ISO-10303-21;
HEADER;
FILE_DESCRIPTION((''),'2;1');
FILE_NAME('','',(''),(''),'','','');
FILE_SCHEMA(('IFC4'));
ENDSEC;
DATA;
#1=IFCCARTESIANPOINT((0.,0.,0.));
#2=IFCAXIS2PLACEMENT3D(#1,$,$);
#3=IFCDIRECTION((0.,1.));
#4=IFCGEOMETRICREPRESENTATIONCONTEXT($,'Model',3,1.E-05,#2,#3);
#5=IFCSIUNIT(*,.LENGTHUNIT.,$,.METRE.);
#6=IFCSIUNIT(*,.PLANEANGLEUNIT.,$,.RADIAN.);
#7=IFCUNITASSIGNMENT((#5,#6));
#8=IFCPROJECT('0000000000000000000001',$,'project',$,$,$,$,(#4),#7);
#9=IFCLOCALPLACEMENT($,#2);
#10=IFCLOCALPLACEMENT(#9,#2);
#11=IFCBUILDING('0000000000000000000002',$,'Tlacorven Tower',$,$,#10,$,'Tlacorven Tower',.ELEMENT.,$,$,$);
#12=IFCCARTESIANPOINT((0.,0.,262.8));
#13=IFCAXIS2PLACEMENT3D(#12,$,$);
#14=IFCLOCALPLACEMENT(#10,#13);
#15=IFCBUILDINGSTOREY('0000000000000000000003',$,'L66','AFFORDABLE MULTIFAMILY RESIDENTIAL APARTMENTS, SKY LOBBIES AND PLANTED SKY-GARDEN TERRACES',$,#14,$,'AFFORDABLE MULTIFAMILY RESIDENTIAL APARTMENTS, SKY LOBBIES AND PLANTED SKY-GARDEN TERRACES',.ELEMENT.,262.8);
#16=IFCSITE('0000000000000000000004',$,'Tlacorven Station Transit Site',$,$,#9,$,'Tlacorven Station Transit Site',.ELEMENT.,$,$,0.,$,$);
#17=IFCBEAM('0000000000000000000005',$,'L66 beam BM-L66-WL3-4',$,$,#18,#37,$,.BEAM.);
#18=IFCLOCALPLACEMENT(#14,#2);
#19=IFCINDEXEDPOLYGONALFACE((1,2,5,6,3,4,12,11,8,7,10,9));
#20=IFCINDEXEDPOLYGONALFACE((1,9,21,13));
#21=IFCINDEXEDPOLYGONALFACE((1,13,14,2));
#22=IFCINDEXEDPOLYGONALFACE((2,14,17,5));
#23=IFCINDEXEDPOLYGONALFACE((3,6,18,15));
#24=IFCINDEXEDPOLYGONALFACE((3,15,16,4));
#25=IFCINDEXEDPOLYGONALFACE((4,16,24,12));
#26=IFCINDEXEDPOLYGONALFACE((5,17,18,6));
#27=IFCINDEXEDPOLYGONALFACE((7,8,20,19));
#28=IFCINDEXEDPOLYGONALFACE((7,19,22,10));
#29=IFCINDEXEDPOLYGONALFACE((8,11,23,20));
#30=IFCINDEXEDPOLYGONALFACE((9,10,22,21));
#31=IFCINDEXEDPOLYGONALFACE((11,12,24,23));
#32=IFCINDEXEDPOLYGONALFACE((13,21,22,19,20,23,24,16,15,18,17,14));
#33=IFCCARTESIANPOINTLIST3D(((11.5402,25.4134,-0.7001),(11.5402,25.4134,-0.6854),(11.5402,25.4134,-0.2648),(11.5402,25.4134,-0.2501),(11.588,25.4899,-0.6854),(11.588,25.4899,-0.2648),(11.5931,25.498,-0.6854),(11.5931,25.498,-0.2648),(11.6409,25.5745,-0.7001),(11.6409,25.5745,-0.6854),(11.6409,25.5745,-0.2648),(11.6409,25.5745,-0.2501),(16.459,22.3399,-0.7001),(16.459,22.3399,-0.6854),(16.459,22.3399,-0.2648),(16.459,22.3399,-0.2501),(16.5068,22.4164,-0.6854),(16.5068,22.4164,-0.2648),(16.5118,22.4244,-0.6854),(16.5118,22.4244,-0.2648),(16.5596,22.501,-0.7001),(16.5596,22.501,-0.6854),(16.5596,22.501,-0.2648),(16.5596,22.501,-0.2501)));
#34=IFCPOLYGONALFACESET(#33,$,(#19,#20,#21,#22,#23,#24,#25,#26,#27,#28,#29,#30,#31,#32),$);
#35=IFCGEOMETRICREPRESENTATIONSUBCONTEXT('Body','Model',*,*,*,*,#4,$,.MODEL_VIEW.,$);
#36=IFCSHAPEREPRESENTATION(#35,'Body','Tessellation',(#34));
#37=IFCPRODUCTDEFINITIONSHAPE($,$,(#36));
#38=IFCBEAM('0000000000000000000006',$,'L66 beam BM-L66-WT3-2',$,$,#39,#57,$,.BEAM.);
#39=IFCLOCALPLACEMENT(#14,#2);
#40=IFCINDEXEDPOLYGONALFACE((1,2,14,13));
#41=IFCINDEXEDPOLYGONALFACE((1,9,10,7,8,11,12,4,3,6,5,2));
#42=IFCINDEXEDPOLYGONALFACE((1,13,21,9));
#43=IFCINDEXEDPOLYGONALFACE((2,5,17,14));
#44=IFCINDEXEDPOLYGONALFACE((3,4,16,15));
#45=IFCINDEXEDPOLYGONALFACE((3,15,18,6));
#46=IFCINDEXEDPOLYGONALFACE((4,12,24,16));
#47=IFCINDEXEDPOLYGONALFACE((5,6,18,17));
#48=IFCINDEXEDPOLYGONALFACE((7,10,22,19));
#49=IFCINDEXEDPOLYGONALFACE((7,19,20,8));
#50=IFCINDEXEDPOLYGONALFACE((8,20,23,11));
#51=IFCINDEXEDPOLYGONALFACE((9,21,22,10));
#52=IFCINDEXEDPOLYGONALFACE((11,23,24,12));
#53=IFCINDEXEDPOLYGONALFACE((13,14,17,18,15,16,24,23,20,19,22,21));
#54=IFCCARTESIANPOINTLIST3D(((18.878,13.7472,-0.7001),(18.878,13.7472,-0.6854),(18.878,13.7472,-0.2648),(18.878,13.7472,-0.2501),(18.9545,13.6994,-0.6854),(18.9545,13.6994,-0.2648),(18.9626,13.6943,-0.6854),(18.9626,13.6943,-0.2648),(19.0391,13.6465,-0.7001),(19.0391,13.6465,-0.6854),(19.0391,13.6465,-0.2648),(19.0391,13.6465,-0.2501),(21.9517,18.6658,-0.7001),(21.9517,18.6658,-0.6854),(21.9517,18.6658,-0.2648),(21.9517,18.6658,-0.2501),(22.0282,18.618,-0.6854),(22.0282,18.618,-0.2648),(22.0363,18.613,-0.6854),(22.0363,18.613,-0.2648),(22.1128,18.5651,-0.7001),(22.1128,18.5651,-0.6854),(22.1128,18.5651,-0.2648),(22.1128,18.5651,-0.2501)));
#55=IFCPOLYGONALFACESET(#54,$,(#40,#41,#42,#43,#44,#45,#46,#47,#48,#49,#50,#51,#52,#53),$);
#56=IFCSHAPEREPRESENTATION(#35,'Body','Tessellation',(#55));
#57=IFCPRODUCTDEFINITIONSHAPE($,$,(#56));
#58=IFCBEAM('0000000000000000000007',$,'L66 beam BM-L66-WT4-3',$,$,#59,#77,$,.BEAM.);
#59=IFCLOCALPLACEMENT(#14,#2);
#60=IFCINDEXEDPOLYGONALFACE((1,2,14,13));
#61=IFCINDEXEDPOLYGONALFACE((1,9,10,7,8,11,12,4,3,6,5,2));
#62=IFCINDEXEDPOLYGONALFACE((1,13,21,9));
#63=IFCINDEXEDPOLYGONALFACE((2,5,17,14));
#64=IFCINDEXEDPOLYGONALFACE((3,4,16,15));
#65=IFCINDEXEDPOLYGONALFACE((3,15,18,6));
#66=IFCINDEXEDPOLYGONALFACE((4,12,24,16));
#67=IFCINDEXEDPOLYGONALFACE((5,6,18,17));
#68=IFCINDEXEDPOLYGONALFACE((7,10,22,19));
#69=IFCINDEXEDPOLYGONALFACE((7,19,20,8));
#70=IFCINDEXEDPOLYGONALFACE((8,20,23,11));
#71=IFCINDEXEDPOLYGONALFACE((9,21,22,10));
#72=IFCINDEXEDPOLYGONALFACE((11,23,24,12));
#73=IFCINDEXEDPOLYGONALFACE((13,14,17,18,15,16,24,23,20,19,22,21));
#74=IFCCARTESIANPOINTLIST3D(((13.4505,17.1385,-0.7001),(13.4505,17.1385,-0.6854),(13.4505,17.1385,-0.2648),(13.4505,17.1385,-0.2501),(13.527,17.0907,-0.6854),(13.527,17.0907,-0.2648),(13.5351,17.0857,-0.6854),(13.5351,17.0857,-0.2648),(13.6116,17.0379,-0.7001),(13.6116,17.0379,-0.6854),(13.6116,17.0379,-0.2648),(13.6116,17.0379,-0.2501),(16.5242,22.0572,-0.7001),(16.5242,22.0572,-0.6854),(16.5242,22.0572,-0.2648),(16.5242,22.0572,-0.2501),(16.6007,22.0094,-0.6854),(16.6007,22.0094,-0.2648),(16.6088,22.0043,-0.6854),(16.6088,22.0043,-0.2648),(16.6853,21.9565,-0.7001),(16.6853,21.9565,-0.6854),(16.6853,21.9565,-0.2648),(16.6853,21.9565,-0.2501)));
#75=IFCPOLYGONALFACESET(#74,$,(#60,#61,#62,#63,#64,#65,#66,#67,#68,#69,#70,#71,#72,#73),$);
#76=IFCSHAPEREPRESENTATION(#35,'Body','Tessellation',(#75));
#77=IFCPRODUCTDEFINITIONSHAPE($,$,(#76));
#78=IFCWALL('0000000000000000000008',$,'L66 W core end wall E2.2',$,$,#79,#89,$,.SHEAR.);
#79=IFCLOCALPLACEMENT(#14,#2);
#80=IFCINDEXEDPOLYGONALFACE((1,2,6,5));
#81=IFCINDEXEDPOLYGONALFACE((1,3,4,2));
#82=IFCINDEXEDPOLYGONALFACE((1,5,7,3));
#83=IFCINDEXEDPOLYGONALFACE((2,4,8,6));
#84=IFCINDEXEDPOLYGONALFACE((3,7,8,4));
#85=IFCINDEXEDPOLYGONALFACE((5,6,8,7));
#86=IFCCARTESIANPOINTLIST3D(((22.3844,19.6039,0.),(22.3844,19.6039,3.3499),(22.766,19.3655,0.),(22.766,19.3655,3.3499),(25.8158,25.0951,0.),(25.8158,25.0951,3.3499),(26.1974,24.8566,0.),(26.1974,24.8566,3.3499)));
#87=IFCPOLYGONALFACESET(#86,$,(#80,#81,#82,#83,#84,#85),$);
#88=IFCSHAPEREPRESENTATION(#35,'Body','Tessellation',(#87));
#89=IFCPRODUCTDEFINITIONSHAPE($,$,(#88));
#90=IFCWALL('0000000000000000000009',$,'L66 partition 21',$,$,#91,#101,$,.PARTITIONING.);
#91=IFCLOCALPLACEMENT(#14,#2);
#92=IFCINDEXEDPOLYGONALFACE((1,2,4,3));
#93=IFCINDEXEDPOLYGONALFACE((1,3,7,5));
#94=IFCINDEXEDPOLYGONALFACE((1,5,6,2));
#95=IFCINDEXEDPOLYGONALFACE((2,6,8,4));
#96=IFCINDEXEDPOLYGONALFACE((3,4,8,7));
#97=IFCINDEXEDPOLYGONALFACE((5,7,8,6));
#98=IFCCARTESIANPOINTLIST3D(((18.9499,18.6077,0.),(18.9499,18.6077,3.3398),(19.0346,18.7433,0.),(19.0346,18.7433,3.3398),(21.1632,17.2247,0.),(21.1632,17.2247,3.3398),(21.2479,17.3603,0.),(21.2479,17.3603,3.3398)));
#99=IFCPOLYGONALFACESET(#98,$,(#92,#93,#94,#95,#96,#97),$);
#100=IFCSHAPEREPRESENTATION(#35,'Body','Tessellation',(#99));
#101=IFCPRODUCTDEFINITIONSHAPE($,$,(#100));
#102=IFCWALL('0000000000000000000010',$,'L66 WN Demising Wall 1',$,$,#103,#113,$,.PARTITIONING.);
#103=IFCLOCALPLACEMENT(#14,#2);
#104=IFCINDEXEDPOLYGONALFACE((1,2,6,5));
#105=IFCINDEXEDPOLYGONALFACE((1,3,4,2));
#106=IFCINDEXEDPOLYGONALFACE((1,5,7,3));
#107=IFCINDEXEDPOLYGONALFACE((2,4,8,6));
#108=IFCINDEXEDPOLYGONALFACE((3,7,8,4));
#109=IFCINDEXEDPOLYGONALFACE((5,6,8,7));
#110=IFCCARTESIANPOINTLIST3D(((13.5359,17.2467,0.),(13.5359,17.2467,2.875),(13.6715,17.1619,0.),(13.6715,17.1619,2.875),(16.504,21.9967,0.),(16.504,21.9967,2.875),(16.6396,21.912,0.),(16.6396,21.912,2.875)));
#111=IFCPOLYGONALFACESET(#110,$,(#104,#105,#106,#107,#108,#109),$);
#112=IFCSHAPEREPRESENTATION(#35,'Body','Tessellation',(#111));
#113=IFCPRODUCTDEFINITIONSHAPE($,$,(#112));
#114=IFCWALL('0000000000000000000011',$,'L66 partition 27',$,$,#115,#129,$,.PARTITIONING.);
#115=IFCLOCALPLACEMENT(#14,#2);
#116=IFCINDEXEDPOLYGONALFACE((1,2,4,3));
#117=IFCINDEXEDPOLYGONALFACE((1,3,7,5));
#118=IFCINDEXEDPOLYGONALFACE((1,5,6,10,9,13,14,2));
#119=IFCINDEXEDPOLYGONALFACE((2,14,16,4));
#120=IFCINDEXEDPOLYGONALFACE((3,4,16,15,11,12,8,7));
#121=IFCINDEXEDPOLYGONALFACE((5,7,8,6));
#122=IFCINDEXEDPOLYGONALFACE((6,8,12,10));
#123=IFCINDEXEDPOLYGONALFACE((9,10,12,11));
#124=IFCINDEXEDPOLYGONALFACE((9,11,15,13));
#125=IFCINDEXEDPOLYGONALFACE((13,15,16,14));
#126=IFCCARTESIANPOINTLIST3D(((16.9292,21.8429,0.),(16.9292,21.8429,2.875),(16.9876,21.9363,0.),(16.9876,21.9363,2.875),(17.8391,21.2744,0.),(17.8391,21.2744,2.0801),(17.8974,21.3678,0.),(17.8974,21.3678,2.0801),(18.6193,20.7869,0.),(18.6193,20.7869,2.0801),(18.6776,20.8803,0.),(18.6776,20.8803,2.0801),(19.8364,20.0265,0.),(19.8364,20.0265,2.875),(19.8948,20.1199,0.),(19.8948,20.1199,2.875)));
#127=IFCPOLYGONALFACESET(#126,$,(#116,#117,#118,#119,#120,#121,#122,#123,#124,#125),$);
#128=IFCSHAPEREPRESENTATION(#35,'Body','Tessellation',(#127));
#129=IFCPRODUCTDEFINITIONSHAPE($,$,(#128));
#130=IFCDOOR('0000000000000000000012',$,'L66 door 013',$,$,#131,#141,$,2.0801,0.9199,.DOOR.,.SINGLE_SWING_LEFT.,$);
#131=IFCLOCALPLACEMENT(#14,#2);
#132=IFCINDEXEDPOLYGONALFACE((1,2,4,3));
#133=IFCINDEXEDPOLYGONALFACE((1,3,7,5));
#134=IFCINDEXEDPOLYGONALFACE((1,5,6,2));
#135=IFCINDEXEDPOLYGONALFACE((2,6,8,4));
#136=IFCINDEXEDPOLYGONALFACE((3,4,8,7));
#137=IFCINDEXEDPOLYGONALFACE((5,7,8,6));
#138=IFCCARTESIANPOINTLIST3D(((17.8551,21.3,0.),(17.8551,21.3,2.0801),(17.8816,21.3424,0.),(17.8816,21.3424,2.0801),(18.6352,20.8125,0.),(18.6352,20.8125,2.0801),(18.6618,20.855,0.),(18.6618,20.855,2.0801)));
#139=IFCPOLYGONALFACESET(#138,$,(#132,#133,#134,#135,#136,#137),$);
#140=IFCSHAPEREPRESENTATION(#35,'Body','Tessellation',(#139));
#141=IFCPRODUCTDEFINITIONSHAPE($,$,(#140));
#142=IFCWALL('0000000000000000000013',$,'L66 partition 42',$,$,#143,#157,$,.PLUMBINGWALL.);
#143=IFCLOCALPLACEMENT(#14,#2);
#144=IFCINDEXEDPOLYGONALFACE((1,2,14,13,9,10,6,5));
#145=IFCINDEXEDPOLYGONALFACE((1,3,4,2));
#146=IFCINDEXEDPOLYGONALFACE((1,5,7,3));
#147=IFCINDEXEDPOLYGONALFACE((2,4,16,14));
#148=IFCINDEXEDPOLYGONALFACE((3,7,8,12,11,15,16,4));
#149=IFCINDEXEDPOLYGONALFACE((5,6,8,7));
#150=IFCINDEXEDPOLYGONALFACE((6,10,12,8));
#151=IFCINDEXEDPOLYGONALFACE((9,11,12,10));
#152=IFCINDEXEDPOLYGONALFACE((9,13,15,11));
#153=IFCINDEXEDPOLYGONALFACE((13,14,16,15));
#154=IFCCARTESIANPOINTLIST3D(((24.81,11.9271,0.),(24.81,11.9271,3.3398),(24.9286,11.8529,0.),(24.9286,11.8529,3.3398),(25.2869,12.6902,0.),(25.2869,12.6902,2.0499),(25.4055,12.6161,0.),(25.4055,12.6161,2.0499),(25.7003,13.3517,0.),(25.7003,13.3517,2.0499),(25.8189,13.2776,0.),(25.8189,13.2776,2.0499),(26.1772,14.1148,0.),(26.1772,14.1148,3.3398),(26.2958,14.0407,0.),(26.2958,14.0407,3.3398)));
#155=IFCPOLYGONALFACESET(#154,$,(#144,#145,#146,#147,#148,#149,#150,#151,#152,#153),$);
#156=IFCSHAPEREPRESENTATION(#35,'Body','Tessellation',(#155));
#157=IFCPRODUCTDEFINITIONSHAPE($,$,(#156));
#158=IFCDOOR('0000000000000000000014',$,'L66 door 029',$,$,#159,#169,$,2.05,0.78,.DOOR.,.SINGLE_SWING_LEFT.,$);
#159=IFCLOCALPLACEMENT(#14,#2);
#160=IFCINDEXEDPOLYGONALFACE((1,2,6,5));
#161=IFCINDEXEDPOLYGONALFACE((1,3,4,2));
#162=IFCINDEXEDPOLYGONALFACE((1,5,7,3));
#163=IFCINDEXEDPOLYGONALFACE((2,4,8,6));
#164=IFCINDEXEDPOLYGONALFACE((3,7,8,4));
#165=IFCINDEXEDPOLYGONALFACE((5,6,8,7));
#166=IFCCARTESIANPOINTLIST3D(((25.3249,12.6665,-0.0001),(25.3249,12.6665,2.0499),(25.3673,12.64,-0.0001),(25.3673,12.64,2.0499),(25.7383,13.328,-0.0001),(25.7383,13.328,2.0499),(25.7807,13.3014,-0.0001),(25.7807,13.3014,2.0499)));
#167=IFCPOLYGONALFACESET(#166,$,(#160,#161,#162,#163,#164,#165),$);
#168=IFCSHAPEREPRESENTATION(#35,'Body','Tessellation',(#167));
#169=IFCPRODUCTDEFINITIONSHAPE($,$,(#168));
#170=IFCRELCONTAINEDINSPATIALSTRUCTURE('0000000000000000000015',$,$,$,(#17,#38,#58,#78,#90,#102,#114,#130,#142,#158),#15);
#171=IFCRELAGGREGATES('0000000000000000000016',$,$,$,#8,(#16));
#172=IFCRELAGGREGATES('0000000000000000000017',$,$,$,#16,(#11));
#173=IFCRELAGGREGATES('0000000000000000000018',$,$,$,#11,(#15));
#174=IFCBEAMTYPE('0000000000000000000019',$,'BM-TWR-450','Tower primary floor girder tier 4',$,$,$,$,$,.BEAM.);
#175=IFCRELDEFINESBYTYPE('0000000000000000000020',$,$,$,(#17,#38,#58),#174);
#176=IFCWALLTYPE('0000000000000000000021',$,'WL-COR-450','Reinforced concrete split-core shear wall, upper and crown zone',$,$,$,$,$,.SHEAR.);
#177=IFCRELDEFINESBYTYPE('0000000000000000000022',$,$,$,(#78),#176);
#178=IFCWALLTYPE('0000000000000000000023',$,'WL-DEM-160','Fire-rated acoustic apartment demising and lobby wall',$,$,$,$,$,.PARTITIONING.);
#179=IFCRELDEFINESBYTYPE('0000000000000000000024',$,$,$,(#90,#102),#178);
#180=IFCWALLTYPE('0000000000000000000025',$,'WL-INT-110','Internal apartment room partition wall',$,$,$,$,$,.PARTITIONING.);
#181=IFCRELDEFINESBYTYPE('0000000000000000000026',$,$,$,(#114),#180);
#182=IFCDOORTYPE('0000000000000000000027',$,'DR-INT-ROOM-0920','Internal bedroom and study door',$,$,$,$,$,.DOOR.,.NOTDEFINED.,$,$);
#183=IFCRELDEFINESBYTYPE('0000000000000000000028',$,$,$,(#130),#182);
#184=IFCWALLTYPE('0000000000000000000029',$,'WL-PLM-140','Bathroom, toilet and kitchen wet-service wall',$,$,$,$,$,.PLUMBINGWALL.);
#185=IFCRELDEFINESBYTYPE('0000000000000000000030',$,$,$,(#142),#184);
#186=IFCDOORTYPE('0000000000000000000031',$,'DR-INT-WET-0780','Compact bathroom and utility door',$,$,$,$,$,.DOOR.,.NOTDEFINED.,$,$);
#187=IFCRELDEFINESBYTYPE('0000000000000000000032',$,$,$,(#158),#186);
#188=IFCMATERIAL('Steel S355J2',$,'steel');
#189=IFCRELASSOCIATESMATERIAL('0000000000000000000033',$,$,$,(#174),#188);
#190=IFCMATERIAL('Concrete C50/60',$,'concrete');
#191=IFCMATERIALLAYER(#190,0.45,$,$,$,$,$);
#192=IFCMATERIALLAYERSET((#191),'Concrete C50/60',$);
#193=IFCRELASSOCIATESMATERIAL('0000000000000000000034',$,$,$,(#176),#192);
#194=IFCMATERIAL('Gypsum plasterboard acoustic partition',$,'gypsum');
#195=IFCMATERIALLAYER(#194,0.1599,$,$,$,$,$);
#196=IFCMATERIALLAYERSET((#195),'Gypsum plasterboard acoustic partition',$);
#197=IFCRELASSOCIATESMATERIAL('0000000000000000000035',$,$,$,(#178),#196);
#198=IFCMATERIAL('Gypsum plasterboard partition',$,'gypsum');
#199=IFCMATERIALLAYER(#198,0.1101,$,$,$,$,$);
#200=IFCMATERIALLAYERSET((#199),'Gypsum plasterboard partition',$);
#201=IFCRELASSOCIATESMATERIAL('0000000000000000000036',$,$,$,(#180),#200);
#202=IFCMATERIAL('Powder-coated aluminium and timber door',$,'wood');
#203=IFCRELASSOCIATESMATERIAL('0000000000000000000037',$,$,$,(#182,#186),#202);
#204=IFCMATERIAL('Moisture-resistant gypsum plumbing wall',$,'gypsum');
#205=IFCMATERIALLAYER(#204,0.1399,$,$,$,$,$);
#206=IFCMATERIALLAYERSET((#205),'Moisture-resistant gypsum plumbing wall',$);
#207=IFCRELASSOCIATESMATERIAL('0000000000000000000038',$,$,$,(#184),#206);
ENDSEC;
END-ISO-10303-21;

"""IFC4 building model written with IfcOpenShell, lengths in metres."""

from ifc_helpers import new_model, si_unit, direction, frame, frame_2d, origin, origin_2d, place, context, subcontext, project, spatial, rectangle, i_section, extrude, source, transform, mapped, material, layer, layer_set, material_profile, profile_set, type_object, element, fill, save


model = new_model("IFC4")

# Units and contexts
model_context = context("Model", 3, precision=1e-05, world=origin(), true_north=direction((0.0, 1.0)))
body_context = subcontext(model_context, "Body", "Model", "MODEL_VIEW")
ifc_project = project(units=[si_unit("LENGTHUNIT", "METRE"), si_unit("PLANEANGLEUNIT", "RADIAN")], contexts=[model_context])

# Site, building, storey
site_placement = place(None, origin())
site = spatial("IfcSite", under=ifc_project, at=site_placement, Name="Tlacorven Station Transit Site", LongName="Tlacorven Station Transit Site", CompositionType="ELEMENT", RefElevation=0.0)
building_placement = place(site_placement, origin())
building = spatial("IfcBuilding", under=site, at=building_placement, Name="Tlacorven Tower", LongName="Tlacorven Tower", CompositionType="ELEMENT")
storey_placement = place(building_placement, frame((0.0, 0.0, 262.8)))
storey = spatial("IfcBuildingStorey", under=building, at=storey_placement, Name="L66", Description="AFFORDABLE MULTIFAMILY RESIDENTIAL APARTMENTS, SKY LOBBIES AND PLANTED SKY-GARDEN TERRACES", LongName="AFFORDABLE MULTIFAMILY RESIDENTIAL APARTMENTS, SKY LOBBIES AND PLANTED SKY-GARDEN TERRACES", CompositionType="ELEMENT", Elevation=262.8)

# Shared definitions
ifc_material_1 = material(Name="Steel S355J2", Category="steel")

# Beams
ifc_material_profile_1 = material_profile(ifc_material_1, i_section(OverallWidth=0.1899, OverallDepth=0.45, WebThickness=0.0095, FlangeThickness=0.0146, at=origin_2d()), Name="IPE 450")
ifc_profile_set_1 = profile_set([ifc_material_profile_1], Name="Steel S355J2")
beam_type_1 = type_object("IfcBeamType", Name="BM-TWR-450", Description="Tower primary floor girder tier 4", PredefinedType="BEAM", material=ifc_profile_set_1)
shared_shape_1 = source(origin(), body_context, "Body", "SweptSolid", [
    extrude(i_section(OverallWidth=0.1899, OverallDepth=0.45, WebThickness=0.0095, FlangeThickness=0.0146, at=origin_2d()), origin(), (0.0, 0.0, 1.0), 5.8),
])
for number, where, z_axis, x_axis, name in (
    (1, (16.5093, 22.4204, -0.4751), (-0.848053, 0.529912, 0.0), (-0.529912, -0.848053, 0.0), "L66 beam BM-L66-WL3-4"),
    (2, (22.0322, 18.6155, -0.4751), (-0.529942, -0.848034, 0.0), (0.848034, -0.529942, 0.0), "L66 beam BM-L66-WT3-2"),
    (3, (16.6047, 22.0068, -0.4751), (-0.529942, -0.848034, 0.0), (0.848034, -0.529942, 0.0), "L66 beam BM-L66-WT4-3"),
):
    element("IfcBeam", number, at=place(storey_placement, frame(where, z_axis=z_axis, x_axis=x_axis)), inside=storey, type_object=beam_type_1, Name=name, PredefinedType="BEAM", context=body_context, shape_type="MappedRepresentation", body=[
        mapped(shared_shape_1, transform((0.0, 0.0, 0.0), scale=1.0)),
    ])

# Walls
ifc_material_2 = material(Name="Concrete C50/60", Category="concrete")
ifc_layer_1 = layer(ifc_material_2, 0.45)
ifc_layer_set_1 = layer_set([ifc_layer_1], Name="Concrete C50/60")
wall_type_1 = type_object("IfcWallType", Name="WL-COR-450", Description="Reinforced concrete split-core shear wall, upper and crown zone", PredefinedType="SHEAR", material=ifc_layer_set_1)
wall_1_placement = place(storey_placement, frame((26.0066, 24.9758, 0.0), z_axis=(0.0, 0.0, 1.0), x_axis=(-0.529931, -0.848041, 0.0)))
element("IfcWall", 4, at=wall_1_placement, inside=storey, type_object=wall_type_1, Name="L66 W core end wall E2.2", PredefinedType="SHEAR", context=body_context, shape_type="SweptSolid", body=[
    extrude(rectangle(XDim=6.4751, YDim=0.45, at=frame_2d((3.2375, 0.0))), origin(), (0.0, 0.0, 1.0), 3.3499),
])
ifc_material_3 = material(Name="Gypsum plasterboard acoustic partition", Category="gypsum")
ifc_layer_2 = layer(ifc_material_3, 0.1599)
ifc_layer_set_2 = layer_set([ifc_layer_2], Name="Gypsum plasterboard acoustic partition")
wall_type_2 = type_object("IfcWallType", Name="WL-DEM-160", Description="Fire-rated acoustic apartment demising and lobby wall", PredefinedType="PARTITIONING", material=ifc_layer_set_2)
wall_2_placement = place(storey_placement, frame((21.2056, 17.2925, 0.0), z_axis=(0.0, 0.0, 1.0), x_axis=(-0.848051, 0.529915, 0.0)))
element("IfcWall", 5, at=wall_2_placement, inside=storey, type_object=wall_type_2, Name="L66 partition 21", PredefinedType="PARTITIONING", context=body_context, shape_type="SweptSolid", body=[
    extrude(rectangle(XDim=2.6099, YDim=0.1599, at=frame_2d((1.3049, 0.0))), origin(), (0.0, 0.0, 1.0), 3.3398),
])
wall_3_placement = place(storey_placement, frame((16.5718, 21.9543, 0.0), z_axis=(0.0, 0.0, 1.0), x_axis=(-0.529905, -0.848057, 0.0)))
element("IfcWall", 6, at=wall_3_placement, inside=storey, type_object=wall_type_2, Name="L66 WN Demising Wall 1", PredefinedType="PARTITIONING", context=body_context, shape_type="SweptSolid", body=[
    extrude(rectangle(XDim=5.6011, YDim=0.1599, at=frame_2d((2.8005, 0.0))), origin(), (0.0, 0.0, 1.0), 2.875),
])

# Walls, openings, doors
ifc_material_4 = material(Name="Gypsum plasterboard partition", Category="gypsum")
ifc_layer_3 = layer(ifc_material_4, 0.1101)
ifc_layer_set_3 = layer_set([ifc_layer_3], Name="Gypsum plasterboard partition")
wall_type_3 = type_object("IfcWallType", Name="WL-INT-110", Description="Internal apartment room partition wall", PredefinedType="PARTITIONING", material=ifc_layer_set_3)
wall_4_placement = place(storey_placement, frame((19.8655, 20.0732, 0.0), z_axis=(0.0, 0.0, 1.0), x_axis=(-0.848078, 0.529871, 0.0)))
wall_4 = element("IfcWall", 7, at=wall_4_placement, inside=storey, type_object=wall_type_3, Name="L66 partition 27", PredefinedType="PARTITIONING", context=body_context, shape_type="SweptSolid", body=[
    extrude(rectangle(XDim=3.428, YDim=0.1101, at=frame_2d((1.7139, 0.0))), origin(), (0.0, 0.0, 1.0), 2.875),
])
opening_1_placement = place(wall_4_placement, frame((1.4351, 0.0, 0.0)))
opening_1 = element("IfcOpeningElement", 8, at=opening_1_placement, cuts=wall_4, PredefinedType="OPENING", context=body_context, shape_type="SweptSolid", body=[
    extrude(rectangle(XDim=0.9199, YDim=2.0801, at=frame_2d((0.46, 1.04))), frame((0.0, 0.0649, 0.0), z_axis=(0.0, -1.0, 0.0), x_axis=(1.0, 0.0, 0.0)), (0.0, 0.0, 1.0), 0.1301),
])
ifc_material_5 = material(Name="Powder-coated aluminium and timber door", Category="wood")
door_type_1 = type_object("IfcDoorType", Name="DR-INT-ROOM-0920", Description="Internal bedroom and study door", OperationType="NOTDEFINED", PredefinedType="DOOR", material=ifc_material_5)
shared_shape_2 = source(origin(), body_context, "Body", "SweptSolid", [
    extrude(rectangle(XDim=0.9199, YDim=2.0801, at=frame_2d((0.46, 1.04))), frame((0.0, 0.0249, 0.0), z_axis=(0.0, -1.0, 0.0), x_axis=(1.0, 0.0, 0.0)), (0.0, 0.0, 1.0), 0.05),
])
door_1_placement = place(opening_1_placement, origin())
door_1 = element("IfcDoor", 9, at=door_1_placement, inside=storey, type_object=door_type_1, Name="L66 door 013", OperationType="SINGLE_SWING_LEFT", OverallHeight=2.0801, OverallWidth=0.9199, PredefinedType="DOOR", context=body_context, shape_type="MappedRepresentation", body=[
    mapped(shared_shape_2, transform((0.0, 0.0, 0.0), scale=1.0)),
])
fill(opening_1, door_1)
ifc_material_6 = material(Name="Moisture-resistant gypsum plumbing wall", Category="gypsum")
ifc_layer_4 = layer(ifc_material_6, 0.1399)
ifc_layer_set_4 = layer_set([ifc_layer_4], Name="Moisture-resistant gypsum plumbing wall")
wall_type_4 = type_object("IfcWallType", Name="WL-PLM-140", Description="Bathroom, toilet and kitchen wet-service wall", PredefinedType="PLUMBINGWALL", material=ifc_layer_set_4)
wall_5_placement = place(storey_placement, frame((26.2366, 14.0779, 0.0), z_axis=(0.0, 0.0, 1.0), x_axis=(-0.529956, -0.848025, 0.0)))
wall_5 = element("IfcWall", 10, at=wall_5_placement, inside=storey, type_object=wall_type_4, Name="L66 partition 42", PredefinedType="PLUMBINGWALL", context=body_context, shape_type="SweptSolid", body=[
    extrude(rectangle(XDim=2.5798, YDim=0.1399, at=frame_2d((1.29, 0.0))), origin(), (0.0, 0.0, 1.0), 3.3398),
])
opening_2_placement = place(wall_5_placement, frame((0.8999, 0.0, 0.0)))
opening_2 = element("IfcOpeningElement", 11, at=opening_2_placement, cuts=wall_5, PredefinedType="OPENING", context=body_context, shape_type="SweptSolid", body=[
    extrude(rectangle(XDim=0.78, YDim=2.05, at=frame_2d((0.3901, 1.0249))), frame((0.0, 0.0801, 0.0), z_axis=(0.0, -1.0, 0.0), x_axis=(1.0, 0.0, 0.0)), (0.0, 0.0, 1.0), 0.1599),
])
door_type_2 = type_object("IfcDoorType", Name="DR-INT-WET-0780", Description="Compact bathroom and utility door", OperationType="NOTDEFINED", PredefinedType="DOOR", material=ifc_material_5)
shared_shape_3 = source(origin(), body_context, "Body", "SweptSolid", [
    extrude(rectangle(XDim=0.78, YDim=2.05, at=frame_2d((0.3901, 1.0249))), frame((0.0, 0.0249, 0.0), z_axis=(0.0, -1.0, 0.0), x_axis=(1.0, 0.0, 0.0)), (0.0, 0.0, 1.0), 0.05),
])
door_2_placement = place(opening_2_placement, origin())
door_2 = element("IfcDoor", 12, at=door_2_placement, inside=storey, type_object=door_type_2, Name="L66 door 029", OperationType="SINGLE_SWING_LEFT", OverallHeight=2.05, OverallWidth=0.78, PredefinedType="DOOR", context=body_context, shape_type="MappedRepresentation", body=[
    mapped(shared_shape_3, transform((0.0, 0.0, 0.0), scale=1.0)),
])
fill(opening_2, door_2)

save(model, "model.ifc")
